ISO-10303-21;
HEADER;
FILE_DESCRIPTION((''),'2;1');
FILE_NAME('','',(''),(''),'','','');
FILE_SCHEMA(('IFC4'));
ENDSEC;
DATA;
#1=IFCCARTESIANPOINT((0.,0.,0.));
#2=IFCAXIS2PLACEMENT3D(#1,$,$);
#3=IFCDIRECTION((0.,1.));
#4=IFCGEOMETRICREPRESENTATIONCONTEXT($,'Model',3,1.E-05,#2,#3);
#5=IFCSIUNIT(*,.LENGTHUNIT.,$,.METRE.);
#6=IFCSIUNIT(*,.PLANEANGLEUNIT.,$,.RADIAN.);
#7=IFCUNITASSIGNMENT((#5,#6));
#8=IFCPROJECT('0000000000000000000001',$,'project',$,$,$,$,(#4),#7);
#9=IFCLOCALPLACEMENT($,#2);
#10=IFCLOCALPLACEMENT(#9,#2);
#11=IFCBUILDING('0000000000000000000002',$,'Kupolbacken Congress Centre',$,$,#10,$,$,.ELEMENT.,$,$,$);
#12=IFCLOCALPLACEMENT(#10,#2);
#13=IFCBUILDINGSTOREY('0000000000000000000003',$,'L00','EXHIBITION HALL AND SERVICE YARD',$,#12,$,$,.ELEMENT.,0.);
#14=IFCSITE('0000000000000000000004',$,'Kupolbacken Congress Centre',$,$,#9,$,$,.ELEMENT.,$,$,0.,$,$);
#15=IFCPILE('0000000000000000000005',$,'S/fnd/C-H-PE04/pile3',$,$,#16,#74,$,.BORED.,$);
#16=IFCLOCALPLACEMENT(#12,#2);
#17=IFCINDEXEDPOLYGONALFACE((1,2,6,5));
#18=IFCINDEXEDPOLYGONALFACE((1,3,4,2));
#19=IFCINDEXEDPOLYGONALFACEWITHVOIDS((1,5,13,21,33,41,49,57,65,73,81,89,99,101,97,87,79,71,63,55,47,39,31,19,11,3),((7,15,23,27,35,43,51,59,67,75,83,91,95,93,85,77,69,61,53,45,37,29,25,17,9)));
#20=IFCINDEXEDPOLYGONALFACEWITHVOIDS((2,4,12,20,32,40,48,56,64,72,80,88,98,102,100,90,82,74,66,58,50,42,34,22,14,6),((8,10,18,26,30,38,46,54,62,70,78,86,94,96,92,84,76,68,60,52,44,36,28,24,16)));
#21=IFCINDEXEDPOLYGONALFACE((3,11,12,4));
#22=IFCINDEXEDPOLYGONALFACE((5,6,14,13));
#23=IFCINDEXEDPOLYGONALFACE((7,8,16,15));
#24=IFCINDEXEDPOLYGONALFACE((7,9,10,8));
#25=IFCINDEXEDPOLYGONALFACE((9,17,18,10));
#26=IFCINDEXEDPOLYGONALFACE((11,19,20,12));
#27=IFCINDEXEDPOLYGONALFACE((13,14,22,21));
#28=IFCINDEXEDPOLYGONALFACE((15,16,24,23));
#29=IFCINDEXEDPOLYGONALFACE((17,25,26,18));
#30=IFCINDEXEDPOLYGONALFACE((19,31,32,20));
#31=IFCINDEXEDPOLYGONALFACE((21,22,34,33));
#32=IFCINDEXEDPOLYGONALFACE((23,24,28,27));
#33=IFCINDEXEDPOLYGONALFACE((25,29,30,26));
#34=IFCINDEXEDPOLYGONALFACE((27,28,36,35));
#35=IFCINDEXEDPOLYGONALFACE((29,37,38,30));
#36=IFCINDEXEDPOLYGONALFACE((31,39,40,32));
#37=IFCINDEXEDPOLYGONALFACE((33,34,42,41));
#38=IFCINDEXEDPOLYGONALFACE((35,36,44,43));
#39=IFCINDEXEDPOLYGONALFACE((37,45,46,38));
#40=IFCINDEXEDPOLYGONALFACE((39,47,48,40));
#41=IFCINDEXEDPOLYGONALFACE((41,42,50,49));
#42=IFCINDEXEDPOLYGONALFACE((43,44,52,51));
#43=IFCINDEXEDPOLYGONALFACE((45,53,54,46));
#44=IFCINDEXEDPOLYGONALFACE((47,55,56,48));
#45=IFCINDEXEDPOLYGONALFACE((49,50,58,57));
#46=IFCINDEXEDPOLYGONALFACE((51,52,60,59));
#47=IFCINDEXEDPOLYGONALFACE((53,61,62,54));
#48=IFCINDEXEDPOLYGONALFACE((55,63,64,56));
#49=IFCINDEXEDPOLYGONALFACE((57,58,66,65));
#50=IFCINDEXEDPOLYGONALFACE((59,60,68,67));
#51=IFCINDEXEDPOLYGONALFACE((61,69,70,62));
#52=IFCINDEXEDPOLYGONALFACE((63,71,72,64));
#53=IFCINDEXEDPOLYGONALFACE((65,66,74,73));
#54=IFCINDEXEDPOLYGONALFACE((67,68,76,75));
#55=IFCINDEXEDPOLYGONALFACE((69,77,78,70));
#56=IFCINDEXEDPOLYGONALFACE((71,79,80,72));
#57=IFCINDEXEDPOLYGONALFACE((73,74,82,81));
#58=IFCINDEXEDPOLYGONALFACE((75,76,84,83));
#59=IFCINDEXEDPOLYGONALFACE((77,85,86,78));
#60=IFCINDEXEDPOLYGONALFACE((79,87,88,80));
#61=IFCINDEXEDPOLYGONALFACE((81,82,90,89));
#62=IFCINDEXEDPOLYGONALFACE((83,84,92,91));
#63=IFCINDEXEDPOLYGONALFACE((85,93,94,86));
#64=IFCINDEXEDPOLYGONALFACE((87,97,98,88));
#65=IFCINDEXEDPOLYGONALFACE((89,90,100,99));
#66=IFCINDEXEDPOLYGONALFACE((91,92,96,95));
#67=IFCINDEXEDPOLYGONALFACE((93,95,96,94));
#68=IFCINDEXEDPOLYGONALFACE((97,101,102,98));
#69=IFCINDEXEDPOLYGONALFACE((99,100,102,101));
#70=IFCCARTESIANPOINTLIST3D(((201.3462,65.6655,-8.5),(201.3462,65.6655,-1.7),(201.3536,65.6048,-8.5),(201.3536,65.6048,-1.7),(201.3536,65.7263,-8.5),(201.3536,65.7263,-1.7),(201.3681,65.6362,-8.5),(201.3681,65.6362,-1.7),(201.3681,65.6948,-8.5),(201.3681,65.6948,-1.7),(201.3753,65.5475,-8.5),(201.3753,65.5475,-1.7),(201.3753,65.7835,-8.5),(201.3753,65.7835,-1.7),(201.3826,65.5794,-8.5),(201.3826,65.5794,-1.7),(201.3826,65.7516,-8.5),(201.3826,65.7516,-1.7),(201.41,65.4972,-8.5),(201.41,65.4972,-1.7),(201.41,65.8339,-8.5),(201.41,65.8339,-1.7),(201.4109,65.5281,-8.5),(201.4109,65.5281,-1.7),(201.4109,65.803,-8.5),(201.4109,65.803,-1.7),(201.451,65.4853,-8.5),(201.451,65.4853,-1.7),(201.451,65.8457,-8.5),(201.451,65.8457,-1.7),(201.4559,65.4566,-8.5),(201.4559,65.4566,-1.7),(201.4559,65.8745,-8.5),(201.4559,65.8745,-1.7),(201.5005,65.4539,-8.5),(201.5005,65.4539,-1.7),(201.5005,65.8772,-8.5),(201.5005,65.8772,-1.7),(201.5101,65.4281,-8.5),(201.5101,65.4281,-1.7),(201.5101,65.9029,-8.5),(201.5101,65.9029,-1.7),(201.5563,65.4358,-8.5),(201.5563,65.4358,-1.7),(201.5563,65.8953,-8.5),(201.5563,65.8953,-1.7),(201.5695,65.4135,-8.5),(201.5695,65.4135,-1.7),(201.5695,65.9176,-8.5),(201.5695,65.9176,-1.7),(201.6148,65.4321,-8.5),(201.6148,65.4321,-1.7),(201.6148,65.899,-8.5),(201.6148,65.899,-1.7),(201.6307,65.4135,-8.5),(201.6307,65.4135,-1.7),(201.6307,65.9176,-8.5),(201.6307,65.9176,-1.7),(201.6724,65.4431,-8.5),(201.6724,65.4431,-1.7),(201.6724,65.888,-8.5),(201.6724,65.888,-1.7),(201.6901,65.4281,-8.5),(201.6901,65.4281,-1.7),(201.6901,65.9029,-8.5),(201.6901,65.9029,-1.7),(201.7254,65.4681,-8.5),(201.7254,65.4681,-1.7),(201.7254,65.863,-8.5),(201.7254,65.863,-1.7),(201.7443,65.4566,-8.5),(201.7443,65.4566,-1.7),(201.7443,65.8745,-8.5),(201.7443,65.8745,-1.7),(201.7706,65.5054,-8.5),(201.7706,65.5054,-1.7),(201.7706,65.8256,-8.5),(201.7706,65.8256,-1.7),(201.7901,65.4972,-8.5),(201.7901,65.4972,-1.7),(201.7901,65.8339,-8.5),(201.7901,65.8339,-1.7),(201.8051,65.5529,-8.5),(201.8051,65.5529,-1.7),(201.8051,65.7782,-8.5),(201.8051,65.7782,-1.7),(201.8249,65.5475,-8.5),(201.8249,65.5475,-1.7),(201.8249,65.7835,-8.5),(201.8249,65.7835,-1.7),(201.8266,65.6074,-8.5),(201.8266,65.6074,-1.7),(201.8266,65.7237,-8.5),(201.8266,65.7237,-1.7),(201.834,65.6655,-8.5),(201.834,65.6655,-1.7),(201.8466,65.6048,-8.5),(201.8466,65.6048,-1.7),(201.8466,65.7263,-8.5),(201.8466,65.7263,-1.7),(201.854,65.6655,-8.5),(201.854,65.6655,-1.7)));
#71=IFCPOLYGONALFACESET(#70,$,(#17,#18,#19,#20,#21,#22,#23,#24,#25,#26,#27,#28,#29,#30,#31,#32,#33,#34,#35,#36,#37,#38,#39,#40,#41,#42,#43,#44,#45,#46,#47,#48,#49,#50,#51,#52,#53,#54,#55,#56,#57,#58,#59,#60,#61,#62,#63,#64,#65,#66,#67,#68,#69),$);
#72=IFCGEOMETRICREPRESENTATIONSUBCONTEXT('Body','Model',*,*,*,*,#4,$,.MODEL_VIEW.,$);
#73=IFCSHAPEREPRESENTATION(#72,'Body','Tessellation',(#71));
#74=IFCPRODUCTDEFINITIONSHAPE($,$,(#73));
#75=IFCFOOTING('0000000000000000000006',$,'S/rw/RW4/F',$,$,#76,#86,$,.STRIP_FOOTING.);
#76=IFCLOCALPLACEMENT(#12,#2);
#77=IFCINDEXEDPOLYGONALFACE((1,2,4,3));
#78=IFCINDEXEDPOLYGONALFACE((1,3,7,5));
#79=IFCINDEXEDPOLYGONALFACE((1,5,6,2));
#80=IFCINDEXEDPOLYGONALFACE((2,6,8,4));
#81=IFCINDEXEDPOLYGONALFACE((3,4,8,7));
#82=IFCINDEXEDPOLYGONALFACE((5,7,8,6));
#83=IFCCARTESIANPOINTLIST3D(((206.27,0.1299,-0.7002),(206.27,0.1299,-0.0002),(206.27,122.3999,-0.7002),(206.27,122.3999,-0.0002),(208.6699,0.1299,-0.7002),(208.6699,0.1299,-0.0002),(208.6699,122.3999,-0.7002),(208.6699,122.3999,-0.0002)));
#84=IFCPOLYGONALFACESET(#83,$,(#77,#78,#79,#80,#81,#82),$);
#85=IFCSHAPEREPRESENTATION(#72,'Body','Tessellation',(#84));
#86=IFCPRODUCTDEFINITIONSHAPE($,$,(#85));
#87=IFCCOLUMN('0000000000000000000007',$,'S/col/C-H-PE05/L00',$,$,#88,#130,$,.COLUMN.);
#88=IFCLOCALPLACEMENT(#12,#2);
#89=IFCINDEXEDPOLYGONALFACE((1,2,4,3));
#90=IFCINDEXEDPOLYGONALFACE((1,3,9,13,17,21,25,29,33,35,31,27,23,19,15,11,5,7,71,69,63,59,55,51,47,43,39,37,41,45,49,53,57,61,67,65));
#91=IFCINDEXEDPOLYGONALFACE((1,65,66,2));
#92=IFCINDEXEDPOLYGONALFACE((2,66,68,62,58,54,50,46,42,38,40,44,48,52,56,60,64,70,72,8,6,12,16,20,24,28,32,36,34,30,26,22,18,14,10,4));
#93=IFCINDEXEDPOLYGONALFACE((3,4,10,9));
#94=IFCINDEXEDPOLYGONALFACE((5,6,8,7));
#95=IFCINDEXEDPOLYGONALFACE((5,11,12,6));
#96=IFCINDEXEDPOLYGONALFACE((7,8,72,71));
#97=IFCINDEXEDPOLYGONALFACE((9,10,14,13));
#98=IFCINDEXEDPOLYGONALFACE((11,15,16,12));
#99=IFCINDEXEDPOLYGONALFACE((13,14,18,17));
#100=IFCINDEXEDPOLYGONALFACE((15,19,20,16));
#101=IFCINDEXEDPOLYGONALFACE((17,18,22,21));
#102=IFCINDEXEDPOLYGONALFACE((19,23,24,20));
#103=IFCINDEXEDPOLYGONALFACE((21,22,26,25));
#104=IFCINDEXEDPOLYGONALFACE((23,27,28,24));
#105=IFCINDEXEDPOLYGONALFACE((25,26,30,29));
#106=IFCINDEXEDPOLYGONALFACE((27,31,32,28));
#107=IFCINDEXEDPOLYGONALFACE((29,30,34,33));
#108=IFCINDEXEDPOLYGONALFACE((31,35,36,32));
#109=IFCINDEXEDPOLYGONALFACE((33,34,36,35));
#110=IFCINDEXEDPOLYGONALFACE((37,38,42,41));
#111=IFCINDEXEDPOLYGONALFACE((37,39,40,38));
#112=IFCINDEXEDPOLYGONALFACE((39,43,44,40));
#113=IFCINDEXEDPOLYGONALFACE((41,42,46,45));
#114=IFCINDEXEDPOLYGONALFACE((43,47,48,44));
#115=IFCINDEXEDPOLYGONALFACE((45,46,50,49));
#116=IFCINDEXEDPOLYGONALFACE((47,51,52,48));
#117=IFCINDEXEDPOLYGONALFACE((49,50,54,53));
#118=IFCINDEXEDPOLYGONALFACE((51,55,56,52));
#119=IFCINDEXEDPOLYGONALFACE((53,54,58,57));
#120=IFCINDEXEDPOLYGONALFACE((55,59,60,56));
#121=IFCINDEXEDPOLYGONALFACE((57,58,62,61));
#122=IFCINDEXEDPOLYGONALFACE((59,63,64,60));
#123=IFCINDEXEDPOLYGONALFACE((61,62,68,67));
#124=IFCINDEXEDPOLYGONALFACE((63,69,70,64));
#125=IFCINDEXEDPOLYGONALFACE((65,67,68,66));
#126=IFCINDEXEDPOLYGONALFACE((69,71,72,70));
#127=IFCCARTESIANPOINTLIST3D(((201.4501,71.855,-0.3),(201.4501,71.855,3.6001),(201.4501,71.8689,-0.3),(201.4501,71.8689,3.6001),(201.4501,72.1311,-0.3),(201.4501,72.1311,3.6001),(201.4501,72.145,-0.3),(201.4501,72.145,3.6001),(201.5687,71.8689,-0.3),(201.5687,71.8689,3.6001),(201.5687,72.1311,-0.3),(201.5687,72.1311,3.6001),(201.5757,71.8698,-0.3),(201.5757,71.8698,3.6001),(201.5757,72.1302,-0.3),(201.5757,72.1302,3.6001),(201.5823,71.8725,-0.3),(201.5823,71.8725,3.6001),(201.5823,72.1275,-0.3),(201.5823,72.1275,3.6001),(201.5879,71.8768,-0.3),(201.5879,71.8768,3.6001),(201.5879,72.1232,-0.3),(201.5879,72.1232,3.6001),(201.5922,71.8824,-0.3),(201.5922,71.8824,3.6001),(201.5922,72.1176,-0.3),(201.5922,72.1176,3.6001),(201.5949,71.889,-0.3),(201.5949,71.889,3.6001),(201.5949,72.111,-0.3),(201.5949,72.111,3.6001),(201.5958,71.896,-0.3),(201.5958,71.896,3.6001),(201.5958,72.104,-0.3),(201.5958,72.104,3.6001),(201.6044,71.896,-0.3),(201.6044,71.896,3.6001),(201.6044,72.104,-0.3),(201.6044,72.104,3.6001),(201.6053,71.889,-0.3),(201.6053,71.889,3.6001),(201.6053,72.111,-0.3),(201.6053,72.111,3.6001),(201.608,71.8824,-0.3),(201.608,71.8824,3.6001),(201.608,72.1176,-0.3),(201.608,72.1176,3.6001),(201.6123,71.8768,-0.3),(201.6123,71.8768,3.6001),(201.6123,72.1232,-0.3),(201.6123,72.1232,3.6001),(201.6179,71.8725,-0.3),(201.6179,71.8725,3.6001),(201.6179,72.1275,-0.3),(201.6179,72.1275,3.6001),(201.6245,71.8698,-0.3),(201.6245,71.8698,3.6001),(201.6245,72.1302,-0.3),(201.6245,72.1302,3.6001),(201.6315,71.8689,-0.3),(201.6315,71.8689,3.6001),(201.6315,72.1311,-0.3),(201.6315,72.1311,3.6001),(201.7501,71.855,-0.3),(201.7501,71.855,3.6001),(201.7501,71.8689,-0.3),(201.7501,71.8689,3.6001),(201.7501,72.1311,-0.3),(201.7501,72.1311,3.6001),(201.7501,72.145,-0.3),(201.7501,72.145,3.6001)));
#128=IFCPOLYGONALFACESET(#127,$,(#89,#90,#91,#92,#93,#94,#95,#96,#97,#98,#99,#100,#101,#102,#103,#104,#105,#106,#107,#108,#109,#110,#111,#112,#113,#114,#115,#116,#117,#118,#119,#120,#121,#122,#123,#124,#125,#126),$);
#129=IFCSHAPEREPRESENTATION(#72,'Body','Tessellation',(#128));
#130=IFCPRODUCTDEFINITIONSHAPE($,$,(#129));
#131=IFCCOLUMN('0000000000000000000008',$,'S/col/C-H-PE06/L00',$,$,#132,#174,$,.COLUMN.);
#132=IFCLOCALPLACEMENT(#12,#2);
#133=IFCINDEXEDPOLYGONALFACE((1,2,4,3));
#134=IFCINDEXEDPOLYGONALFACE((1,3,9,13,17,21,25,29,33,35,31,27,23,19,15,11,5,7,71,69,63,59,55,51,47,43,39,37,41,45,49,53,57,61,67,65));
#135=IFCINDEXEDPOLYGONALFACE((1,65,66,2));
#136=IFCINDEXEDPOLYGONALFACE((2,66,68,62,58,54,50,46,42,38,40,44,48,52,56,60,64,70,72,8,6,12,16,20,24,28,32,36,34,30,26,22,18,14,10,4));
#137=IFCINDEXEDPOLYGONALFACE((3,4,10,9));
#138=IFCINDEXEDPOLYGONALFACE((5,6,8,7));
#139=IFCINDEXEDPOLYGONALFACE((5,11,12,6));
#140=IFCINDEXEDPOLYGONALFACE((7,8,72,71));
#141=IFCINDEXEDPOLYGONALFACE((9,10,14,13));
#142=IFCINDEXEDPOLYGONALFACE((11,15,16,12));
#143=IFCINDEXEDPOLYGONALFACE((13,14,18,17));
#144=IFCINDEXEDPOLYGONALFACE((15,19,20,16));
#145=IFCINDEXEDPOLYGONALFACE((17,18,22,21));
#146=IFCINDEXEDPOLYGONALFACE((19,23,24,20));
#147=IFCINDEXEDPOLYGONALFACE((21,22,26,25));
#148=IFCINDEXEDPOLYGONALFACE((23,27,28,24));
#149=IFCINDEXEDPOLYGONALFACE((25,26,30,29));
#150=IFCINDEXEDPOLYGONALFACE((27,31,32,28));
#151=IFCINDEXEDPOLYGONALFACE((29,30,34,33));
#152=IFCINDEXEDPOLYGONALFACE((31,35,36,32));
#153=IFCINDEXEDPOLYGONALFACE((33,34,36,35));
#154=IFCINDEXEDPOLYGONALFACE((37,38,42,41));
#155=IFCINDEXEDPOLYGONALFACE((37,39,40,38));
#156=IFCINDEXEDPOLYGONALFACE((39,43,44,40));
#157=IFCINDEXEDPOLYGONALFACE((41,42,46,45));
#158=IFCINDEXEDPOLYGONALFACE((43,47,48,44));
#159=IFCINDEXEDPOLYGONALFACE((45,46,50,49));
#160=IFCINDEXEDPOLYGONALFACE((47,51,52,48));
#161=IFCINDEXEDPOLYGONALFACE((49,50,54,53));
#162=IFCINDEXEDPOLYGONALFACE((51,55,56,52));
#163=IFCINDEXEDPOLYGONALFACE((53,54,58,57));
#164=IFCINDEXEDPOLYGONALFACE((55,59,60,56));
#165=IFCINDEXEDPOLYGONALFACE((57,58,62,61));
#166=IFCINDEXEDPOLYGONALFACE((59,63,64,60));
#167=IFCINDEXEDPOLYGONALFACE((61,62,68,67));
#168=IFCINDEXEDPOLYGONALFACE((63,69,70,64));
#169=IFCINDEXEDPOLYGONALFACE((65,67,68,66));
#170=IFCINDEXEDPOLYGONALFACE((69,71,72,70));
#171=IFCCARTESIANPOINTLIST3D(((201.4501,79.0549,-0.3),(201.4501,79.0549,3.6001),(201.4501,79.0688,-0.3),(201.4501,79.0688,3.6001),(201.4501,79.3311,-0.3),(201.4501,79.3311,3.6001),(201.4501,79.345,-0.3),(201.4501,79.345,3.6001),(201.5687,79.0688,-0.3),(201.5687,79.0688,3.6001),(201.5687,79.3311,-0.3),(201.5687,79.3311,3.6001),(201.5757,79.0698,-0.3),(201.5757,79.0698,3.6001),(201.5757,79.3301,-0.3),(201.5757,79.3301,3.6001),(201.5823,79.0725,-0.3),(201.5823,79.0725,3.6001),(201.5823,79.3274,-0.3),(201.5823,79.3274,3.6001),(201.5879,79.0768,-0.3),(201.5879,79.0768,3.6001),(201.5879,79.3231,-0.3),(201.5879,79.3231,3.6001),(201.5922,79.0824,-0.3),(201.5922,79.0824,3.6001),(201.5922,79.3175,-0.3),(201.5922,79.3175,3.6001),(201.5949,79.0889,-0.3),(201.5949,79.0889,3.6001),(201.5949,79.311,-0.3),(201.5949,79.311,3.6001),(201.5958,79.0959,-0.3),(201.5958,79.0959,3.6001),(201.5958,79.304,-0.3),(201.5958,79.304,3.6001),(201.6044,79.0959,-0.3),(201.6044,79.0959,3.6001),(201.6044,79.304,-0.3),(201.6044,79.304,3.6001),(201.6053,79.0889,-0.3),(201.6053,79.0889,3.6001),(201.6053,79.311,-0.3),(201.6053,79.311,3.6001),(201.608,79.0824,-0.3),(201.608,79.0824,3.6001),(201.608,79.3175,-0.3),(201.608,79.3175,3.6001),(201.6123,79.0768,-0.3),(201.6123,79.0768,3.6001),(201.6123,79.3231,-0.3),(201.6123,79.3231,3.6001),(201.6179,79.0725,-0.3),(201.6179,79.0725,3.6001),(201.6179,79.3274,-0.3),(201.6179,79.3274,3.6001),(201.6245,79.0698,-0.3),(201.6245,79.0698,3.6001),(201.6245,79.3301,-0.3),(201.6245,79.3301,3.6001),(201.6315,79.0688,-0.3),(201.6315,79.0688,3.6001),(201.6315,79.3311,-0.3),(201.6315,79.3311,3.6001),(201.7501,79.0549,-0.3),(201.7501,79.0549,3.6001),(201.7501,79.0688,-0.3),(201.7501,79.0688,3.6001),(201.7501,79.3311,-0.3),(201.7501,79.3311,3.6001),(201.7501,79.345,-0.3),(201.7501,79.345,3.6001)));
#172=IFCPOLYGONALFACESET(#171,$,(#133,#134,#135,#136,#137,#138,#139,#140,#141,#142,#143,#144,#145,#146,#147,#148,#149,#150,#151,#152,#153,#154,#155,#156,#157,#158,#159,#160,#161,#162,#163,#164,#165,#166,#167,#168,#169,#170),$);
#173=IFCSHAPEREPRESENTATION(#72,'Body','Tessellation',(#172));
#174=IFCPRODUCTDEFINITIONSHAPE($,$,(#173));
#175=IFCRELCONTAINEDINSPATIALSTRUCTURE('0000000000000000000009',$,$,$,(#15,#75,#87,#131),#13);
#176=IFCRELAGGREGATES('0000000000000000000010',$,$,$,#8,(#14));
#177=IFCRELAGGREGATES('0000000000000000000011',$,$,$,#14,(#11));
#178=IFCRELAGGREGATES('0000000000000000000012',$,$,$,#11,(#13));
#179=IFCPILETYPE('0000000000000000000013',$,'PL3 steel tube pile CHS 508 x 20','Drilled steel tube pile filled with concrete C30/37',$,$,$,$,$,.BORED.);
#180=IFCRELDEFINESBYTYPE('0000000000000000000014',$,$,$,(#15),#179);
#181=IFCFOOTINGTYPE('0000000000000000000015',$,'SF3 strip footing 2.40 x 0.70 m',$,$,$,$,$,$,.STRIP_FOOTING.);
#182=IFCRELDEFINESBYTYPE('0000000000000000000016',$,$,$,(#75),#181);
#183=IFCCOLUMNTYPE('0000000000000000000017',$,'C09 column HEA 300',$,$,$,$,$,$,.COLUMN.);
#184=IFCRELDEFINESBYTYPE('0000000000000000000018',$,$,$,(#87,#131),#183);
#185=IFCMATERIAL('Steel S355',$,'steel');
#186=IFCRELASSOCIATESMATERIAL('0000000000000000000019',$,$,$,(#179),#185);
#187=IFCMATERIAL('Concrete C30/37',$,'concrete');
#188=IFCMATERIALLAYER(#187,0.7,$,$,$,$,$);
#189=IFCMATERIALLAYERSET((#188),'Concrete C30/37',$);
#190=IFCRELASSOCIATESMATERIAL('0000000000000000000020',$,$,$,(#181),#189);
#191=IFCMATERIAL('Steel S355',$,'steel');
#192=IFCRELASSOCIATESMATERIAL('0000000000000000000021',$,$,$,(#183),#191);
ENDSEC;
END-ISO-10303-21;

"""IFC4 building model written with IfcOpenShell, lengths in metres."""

from ifc_helpers import new_model, si_unit, direction, frame, origin, origin_2d, place, context, subcontext, project, spatial, rectangle, hollow_circle, i_section, extrude, material, layer, layer_set, material_profile, profile_set, type_object, element, save


model = new_model("IFC4")

# Units and contexts
model_context = context("Model", 3, precision=1e-05, world=origin(), true_north=direction((0.0, 1.0)))
body_context = subcontext(model_context, "Body", "Model", "MODEL_VIEW")
ifc_project = project(units=[si_unit("LENGTHUNIT", "METRE"), si_unit("PLANEANGLEUNIT", "RADIAN")], contexts=[model_context])

# Site, building, storey
site_placement = place(None, origin())
site = spatial("IfcSite", under=ifc_project, at=site_placement, Name="Kupolbacken Congress Centre", CompositionType="ELEMENT", RefElevation=0.0)
building_placement = place(site_placement, origin())
building = spatial("IfcBuilding", under=site, at=building_placement, Name="Kupolbacken Congress Centre", CompositionType="ELEMENT")
storey_placement = place(building_placement, origin())
storey = spatial("IfcBuildingStorey", under=building, at=storey_placement, Name="L00", Description="EXHIBITION HALL AND SERVICE YARD", CompositionType="ELEMENT", Elevation=0.0)

# Pile
ifc_material_1 = material(Name="Steel S355", Category="steel")
ifc_material_profile_1 = material_profile(ifc_material_1, hollow_circle(Radius=0.2539, WallThickness=0.02, at=origin_2d()), Name="CHS 508 x 20")
ifc_profile_set_1 = profile_set([ifc_material_profile_1], Name="Steel S355")
pile_type_1 = type_object("IfcPileType", Name="PL3 steel tube pile CHS 508 x 20", Description="Drilled steel tube pile filled with concrete C30/37", PredefinedType="BORED", material=ifc_profile_set_1)
for number, where, z_axis, x_axis, name in (
    (1, (201.6001, 65.6655, -1.7), (0.0, 0.0, -1.0), (1.0, 0.0, 0.0), "S/fnd/C-H-PE04/pile3"),
):
    element("IfcPile", number, at=place(storey_placement, frame(where, z_axis=z_axis, x_axis=x_axis)), inside=storey, type_object=pile_type_1, Name=name, PredefinedType="BORED", context=body_context, shape_type="SweptSolid", body=[
        extrude(hollow_circle(Radius=0.2539, WallThickness=0.02, at=origin_2d()), origin(), (0.0, 0.0, 1.0), 6.8),
    ])

# Footing
ifc_material_2 = material(Name="Concrete C30/37", Category="concrete")
ifc_layer_1 = layer(ifc_material_2, 0.7)
ifc_layer_set_1 = layer_set([ifc_layer_1], Name="Concrete C30/37")
footing_type_1 = type_object("IfcFootingType", Name="SF3 strip footing 2.40 x 0.70 m", PredefinedType="STRIP_FOOTING", material=ifc_layer_set_1)
footing_1_placement = place(storey_placement, frame((207.47, 61.2649, -0.7002), z_axis=(0.0, 0.0, 1.0), x_axis=(0.0, 1.0, 0.0)))
element("IfcFooting", 2, at=footing_1_placement, inside=storey, type_object=footing_type_1, Name="S/rw/RW4/F", PredefinedType="STRIP_FOOTING", context=body_context, shape_type="SweptSolid", body=[
    extrude(rectangle(XDim=122.27, YDim=2.3999, at=origin_2d()), origin(), (0.0, 0.0, 1.0), 0.7),
])

# Columns
ifc_material_3 = material(Name="Steel S355", Category="steel")
ifc_material_profile_2 = material_profile(ifc_material_3, i_section(OverallWidth=0.3, OverallDepth=0.29, WebThickness=0.0085, FlangeThickness=0.0139, FilletRadius=0.0271, at=origin_2d()), Name="HEA 300")
ifc_profile_set_2 = profile_set([ifc_material_profile_2], Name="Steel S355")
column_type_1 = type_object("IfcColumnType", Name="C09 column HEA 300", PredefinedType="COLUMN", material=ifc_profile_set_2)
for number, where, z_axis, x_axis, name in (
    (3, (201.6001, 72.0, -0.3), (0.0, 0.0, 1.0), (1.0, 0.0, 0.0), "S/col/C-H-PE05/L00"),
    (4, (201.6001, 79.2, -0.3), (0.0, 0.0, 1.0), (1.0, 0.0, 0.0), "S/col/C-H-PE06/L00"),
):
    element("IfcColumn", number, at=place(storey_placement, frame(where, z_axis=z_axis, x_axis=x_axis)), inside=storey, type_object=column_type_1, Name=name, PredefinedType="COLUMN", context=body_context, shape_type="SweptSolid", body=[
        extrude(i_section(OverallWidth=0.3, OverallDepth=0.29, WebThickness=0.0085, FlangeThickness=0.0139, FilletRadius=0.0271, at=origin_2d()), origin(), (0.0, 0.0, 1.0), 3.9001),
    ])

save(model, "model.ifc")
